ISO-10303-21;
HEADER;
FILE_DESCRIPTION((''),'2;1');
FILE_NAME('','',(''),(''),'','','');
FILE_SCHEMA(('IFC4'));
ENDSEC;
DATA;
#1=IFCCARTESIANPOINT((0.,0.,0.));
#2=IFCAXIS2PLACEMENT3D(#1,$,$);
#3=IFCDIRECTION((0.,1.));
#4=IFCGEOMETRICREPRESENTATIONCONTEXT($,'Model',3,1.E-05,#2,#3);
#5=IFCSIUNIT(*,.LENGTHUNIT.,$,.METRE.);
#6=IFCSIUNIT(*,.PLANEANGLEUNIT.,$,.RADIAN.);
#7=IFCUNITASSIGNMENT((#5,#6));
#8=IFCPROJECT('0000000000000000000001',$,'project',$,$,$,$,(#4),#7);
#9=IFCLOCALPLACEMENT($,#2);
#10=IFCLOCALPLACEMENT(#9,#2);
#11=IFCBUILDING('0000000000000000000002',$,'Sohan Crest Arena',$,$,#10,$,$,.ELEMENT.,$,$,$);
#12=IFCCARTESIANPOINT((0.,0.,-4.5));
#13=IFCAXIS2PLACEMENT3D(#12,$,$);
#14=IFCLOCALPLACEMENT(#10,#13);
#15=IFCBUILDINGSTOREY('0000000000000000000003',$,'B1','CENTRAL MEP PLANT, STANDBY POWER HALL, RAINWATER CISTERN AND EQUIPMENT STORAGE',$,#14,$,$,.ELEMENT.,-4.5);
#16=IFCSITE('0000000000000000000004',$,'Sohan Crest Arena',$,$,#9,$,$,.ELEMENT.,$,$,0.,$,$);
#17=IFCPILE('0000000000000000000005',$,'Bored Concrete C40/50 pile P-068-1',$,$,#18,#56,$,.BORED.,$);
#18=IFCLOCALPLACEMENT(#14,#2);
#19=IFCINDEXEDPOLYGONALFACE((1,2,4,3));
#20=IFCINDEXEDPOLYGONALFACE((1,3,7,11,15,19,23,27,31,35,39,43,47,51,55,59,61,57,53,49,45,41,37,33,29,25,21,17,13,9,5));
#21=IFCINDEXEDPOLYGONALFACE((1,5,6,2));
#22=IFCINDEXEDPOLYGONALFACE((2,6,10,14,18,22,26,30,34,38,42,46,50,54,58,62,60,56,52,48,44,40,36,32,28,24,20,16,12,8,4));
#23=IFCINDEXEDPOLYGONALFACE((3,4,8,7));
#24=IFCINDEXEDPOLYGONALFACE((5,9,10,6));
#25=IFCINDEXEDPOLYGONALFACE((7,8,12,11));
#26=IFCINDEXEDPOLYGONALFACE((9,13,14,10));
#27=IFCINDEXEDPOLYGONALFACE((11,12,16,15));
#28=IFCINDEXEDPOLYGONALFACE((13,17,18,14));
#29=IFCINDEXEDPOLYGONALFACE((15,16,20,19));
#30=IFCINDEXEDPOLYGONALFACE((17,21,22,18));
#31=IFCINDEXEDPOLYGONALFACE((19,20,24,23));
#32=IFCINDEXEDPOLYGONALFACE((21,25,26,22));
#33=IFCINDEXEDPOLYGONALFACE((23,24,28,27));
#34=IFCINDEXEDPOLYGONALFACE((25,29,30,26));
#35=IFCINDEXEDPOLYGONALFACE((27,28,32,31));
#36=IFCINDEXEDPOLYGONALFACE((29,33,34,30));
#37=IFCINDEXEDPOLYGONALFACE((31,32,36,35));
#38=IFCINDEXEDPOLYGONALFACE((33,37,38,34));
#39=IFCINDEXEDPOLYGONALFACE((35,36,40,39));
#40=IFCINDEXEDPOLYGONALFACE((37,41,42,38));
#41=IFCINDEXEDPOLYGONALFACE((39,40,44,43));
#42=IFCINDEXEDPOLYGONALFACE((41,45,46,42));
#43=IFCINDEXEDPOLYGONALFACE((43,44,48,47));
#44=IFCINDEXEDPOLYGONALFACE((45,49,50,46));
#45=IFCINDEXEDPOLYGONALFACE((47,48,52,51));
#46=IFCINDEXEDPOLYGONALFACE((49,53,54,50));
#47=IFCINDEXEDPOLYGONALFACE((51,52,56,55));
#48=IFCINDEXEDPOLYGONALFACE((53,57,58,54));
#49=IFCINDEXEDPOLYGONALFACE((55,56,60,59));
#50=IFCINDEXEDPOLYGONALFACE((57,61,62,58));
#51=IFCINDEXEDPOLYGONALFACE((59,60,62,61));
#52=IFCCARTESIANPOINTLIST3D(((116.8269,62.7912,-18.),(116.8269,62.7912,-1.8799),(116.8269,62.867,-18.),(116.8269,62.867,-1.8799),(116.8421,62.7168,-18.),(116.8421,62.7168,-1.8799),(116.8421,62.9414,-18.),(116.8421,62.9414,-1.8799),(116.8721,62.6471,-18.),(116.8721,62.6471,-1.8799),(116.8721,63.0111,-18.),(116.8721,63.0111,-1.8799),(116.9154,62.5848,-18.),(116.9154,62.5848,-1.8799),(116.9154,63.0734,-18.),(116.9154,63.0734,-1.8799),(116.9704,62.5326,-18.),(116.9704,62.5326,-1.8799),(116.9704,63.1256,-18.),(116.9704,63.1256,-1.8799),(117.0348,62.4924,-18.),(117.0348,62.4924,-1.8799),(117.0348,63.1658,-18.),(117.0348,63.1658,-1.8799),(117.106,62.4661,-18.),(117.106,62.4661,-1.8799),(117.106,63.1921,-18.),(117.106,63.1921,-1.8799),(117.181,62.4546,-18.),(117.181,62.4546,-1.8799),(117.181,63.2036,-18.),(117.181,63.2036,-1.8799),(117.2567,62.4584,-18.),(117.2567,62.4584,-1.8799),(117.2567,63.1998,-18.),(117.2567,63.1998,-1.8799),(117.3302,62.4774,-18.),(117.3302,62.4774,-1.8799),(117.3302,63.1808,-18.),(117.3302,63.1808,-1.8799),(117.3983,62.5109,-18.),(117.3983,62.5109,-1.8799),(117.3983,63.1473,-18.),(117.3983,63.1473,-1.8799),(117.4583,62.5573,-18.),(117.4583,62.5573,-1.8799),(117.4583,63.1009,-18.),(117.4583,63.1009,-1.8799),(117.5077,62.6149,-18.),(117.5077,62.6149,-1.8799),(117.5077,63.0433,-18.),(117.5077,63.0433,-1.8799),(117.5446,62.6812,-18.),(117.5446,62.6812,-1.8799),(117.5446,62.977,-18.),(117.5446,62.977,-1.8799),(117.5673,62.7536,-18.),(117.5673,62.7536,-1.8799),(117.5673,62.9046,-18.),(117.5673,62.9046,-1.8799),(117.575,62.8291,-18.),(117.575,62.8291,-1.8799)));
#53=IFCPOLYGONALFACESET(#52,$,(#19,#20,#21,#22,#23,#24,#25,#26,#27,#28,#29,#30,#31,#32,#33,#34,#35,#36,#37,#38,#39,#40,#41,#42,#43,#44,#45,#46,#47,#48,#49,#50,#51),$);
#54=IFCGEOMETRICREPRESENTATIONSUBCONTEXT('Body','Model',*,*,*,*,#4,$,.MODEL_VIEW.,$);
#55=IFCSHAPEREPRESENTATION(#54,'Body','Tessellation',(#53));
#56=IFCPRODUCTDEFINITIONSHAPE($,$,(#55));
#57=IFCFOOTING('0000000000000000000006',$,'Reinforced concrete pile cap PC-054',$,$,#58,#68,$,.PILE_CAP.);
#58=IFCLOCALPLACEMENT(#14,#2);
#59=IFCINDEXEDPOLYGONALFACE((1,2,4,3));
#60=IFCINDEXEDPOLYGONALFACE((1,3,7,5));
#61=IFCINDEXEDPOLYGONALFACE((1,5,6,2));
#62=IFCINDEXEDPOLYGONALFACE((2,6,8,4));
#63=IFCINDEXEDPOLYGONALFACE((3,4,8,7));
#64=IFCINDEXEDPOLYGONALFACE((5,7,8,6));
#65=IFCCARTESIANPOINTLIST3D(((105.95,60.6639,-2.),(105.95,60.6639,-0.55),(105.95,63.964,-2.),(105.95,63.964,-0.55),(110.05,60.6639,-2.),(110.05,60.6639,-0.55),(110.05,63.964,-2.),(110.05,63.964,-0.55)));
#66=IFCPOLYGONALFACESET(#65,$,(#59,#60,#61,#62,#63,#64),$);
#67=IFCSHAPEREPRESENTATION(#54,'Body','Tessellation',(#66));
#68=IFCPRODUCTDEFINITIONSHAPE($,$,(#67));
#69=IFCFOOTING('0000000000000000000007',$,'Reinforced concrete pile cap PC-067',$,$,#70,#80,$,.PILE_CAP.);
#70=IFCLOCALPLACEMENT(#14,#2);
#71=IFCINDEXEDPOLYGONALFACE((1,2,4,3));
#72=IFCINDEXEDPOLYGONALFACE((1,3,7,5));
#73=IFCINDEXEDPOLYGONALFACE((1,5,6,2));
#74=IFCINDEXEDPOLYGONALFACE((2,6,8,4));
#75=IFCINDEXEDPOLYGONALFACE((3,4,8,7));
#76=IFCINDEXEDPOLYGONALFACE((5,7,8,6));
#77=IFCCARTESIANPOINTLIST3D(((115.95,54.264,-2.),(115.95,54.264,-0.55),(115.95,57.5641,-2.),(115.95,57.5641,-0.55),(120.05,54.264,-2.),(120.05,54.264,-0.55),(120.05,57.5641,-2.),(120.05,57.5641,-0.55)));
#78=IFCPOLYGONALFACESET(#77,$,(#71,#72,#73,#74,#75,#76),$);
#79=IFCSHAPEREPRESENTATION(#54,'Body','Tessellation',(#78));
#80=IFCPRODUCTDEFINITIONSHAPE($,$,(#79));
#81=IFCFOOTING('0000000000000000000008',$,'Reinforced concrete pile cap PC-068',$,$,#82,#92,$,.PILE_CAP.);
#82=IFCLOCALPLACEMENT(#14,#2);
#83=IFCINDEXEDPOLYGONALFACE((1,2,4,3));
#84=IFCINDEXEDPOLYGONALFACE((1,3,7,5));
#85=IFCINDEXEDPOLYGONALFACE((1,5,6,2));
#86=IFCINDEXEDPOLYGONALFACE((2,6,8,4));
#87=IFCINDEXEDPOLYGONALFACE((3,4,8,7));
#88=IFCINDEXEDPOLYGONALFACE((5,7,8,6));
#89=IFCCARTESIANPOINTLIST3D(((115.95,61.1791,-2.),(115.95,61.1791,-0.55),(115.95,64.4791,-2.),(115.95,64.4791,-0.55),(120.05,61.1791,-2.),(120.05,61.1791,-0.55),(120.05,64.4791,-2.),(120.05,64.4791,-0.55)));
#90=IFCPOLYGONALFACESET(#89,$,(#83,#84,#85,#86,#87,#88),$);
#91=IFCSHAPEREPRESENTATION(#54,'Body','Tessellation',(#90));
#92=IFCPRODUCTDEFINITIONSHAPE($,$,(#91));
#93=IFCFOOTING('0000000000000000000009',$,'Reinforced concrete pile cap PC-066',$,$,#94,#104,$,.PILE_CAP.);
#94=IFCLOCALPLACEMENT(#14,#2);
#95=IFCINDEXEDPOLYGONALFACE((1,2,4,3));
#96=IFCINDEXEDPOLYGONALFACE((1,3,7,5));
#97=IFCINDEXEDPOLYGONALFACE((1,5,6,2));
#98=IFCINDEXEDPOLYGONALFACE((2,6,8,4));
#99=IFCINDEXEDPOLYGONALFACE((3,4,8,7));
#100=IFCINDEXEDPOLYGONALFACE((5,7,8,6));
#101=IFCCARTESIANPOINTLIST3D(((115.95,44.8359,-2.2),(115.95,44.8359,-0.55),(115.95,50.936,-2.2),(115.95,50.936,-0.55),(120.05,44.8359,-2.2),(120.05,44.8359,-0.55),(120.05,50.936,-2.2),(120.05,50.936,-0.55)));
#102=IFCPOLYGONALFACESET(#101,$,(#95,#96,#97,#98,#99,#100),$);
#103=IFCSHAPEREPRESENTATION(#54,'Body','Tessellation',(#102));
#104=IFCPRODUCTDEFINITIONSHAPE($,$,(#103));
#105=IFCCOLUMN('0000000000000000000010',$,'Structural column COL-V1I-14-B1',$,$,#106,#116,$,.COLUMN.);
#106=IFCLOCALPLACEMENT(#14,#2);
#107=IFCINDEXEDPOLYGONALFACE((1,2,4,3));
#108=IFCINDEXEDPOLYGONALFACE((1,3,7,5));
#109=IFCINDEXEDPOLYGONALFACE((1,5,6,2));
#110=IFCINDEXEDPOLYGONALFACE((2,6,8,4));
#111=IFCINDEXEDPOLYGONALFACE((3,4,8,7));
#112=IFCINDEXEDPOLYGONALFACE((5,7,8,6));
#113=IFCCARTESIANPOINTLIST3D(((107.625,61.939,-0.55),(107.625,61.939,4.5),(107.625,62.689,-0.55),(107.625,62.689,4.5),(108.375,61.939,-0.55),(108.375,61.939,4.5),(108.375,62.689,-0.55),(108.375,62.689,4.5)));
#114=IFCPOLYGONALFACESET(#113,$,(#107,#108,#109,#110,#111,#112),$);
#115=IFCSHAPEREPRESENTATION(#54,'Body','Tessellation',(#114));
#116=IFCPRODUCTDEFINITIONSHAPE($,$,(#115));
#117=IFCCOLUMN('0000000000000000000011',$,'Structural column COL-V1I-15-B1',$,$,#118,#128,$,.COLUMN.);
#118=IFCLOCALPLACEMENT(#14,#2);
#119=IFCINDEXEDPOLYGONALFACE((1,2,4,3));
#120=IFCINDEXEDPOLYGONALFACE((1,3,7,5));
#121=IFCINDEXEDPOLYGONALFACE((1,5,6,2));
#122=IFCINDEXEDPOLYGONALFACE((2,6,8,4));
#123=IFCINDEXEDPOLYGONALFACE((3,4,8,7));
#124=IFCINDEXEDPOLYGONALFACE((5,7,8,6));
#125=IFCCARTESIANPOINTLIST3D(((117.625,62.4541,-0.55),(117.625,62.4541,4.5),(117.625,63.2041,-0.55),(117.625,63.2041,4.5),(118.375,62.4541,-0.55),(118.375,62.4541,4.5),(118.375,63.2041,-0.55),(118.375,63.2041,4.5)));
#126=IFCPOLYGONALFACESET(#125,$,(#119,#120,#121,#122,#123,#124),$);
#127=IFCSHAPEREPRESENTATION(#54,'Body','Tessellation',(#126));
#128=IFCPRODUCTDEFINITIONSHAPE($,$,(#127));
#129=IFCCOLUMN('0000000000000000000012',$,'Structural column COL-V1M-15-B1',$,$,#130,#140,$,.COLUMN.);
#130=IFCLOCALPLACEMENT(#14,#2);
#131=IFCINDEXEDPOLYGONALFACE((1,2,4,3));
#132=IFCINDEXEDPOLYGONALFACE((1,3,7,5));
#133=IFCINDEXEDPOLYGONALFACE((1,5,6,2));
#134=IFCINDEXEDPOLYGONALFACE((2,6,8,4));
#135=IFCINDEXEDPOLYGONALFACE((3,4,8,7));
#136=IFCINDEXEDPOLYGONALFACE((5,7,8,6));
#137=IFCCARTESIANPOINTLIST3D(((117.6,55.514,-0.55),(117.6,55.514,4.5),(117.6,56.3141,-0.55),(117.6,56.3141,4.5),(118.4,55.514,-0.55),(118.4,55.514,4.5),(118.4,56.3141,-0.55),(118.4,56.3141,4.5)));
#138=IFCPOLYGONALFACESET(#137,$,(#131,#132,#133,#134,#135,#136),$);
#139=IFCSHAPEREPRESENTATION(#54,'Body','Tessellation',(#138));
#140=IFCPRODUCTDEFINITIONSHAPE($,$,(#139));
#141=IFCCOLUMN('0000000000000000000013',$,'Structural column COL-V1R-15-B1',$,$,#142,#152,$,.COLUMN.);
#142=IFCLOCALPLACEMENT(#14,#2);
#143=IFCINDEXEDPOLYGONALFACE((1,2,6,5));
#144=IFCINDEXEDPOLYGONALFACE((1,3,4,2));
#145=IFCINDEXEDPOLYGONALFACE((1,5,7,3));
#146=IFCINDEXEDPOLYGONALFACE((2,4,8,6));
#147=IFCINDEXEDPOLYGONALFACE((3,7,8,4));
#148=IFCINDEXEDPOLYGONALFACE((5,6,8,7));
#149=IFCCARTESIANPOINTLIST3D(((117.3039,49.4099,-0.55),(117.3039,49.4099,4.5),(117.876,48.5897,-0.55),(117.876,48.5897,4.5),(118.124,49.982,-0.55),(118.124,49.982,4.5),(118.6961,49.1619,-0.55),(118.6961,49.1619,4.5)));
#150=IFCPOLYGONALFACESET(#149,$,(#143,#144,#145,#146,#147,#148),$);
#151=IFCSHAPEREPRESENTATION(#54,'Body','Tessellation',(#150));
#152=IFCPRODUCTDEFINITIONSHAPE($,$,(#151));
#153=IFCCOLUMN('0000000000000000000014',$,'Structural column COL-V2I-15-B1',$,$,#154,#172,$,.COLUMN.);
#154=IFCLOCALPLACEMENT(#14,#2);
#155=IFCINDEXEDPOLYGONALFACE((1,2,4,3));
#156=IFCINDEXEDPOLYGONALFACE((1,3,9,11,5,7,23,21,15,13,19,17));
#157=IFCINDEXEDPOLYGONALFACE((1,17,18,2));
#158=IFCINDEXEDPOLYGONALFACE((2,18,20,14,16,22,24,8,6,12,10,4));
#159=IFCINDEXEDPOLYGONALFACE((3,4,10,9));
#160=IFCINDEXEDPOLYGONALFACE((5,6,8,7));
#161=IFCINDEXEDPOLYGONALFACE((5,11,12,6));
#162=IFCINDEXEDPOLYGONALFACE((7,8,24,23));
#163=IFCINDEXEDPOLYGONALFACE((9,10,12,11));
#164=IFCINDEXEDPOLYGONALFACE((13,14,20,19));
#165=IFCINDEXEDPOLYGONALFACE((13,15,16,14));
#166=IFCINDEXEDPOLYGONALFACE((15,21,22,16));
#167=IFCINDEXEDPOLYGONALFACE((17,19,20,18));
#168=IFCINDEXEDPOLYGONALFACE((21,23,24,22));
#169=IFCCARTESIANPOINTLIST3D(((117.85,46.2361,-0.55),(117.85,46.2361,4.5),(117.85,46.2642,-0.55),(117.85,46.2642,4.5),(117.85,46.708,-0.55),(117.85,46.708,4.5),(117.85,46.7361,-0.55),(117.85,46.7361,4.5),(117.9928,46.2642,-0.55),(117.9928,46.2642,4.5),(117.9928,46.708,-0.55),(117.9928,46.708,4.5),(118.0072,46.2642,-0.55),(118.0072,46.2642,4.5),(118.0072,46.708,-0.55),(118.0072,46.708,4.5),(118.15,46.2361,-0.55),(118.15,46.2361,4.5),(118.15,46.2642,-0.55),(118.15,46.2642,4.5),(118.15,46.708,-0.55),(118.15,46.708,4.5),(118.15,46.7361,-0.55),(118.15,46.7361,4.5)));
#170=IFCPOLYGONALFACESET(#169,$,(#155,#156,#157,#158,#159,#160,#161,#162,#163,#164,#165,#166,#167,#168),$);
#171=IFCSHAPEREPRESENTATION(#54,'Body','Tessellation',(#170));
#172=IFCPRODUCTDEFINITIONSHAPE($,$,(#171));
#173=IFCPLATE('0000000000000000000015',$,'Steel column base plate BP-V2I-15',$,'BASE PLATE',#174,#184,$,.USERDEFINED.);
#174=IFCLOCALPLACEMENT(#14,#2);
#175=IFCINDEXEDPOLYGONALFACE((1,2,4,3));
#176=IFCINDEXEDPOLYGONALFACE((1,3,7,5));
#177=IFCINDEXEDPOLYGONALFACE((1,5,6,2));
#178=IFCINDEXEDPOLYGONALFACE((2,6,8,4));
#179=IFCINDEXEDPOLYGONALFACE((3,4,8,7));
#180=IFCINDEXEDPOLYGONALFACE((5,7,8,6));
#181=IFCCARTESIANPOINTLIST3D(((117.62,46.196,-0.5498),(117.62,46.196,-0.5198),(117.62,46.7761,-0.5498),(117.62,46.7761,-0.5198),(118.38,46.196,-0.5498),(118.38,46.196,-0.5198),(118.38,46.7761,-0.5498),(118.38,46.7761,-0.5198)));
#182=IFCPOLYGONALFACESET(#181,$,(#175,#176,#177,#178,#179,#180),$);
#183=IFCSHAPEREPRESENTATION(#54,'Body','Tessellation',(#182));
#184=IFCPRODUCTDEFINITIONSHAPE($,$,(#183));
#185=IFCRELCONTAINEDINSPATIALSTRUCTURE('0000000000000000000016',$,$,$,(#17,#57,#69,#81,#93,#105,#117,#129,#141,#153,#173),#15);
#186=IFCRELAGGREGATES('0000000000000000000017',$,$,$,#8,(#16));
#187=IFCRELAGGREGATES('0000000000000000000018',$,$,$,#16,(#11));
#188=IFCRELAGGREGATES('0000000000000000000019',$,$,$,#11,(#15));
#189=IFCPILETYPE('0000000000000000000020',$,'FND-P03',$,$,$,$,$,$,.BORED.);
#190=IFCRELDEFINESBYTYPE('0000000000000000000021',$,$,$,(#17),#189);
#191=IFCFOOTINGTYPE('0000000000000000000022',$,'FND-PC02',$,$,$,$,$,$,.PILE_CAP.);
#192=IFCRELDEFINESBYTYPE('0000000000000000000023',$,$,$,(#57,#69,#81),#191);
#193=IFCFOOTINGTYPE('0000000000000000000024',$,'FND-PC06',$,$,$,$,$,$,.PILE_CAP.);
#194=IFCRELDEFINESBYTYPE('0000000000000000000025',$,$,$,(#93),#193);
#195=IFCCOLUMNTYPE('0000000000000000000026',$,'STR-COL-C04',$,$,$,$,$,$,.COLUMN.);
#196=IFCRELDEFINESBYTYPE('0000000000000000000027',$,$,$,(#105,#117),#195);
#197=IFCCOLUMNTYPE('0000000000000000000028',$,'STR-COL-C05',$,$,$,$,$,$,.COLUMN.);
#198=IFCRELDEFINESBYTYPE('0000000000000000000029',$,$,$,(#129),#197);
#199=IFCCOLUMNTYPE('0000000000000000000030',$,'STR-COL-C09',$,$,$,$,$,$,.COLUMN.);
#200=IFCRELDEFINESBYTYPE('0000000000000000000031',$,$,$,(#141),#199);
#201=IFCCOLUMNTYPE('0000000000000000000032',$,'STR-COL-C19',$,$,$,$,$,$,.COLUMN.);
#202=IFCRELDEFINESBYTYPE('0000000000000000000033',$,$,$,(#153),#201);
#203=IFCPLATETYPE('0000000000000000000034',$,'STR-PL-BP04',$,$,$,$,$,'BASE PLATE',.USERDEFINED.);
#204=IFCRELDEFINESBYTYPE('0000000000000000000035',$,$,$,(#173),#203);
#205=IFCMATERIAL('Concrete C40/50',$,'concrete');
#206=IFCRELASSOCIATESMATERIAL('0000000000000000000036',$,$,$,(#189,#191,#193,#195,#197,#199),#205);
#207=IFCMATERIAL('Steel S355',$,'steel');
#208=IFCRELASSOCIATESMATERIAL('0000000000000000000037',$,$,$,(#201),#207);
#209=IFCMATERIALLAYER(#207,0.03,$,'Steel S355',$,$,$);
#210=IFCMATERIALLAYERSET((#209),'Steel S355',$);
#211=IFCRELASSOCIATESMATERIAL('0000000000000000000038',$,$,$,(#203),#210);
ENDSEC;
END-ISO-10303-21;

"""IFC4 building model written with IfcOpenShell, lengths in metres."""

from ifc_helpers import new_model, si_unit, direction, frame, origin, origin_2d, place, context, subcontext, project, spatial, rectangle, circle, i_section, extrude, material, layer, layer_set, material_profile, profile_set, type_object, element, save


model = new_model("IFC4")

# Units and contexts
model_context = context("Model", 3, precision=1e-05, world=origin(), true_north=direction((0.0, 1.0)))
body_context = subcontext(model_context, "Body", "Model", "MODEL_VIEW")
ifc_project = project(units=[si_unit("LENGTHUNIT", "METRE"), si_unit("PLANEANGLEUNIT", "RADIAN")], contexts=[model_context])

# Site, building, storey
site_placement = place(None, origin())
site = spatial("IfcSite", under=ifc_project, at=site_placement, Name="Sohan Crest Arena", CompositionType="ELEMENT", RefElevation=0.0)
building_placement = place(site_placement, origin())
building = spatial("IfcBuilding", under=site, at=building_placement, Name="Sohan Crest Arena", CompositionType="ELEMENT")
storey_placement = place(building_placement, frame((0.0, 0.0, -4.5)))
storey = spatial("IfcBuildingStorey", under=building, at=storey_placement, Name="B1", Description="CENTRAL MEP PLANT, STANDBY POWER HALL, RAINWATER CISTERN AND EQUIPMENT STORAGE", CompositionType="ELEMENT", Elevation=-4.5)

# Shared definitions
ifc_material_1 = material(Name="Concrete C40/50", Category="concrete")

# Pile
ifc_material_profile_1 = material_profile(ifc_material_1, circle(Radius=0.375, at=origin_2d()), Name="PILE D750")
ifc_profile_set_1 = profile_set([ifc_material_profile_1], Name="Concrete C40/50")
pile_type_1 = type_object("IfcPileType", Name="FND-P03", PredefinedType="BORED", material=ifc_profile_set_1)
for number, where, z_axis, x_axis, name in (
    (1, (117.2, 62.8291, -18.0), (0.0, 0.0, 1.0), (1.0, 0.0, 0.0), "Bored Concrete C40/50 pile P-068-1"),
):
    element("IfcPile", number, at=place(storey_placement, frame(where, z_axis=z_axis, x_axis=x_axis)), inside=storey, type_object=pile_type_1, Name=name, PredefinedType="BORED", context=body_context, shape_type="SweptSolid", body=[
        extrude(circle(Radius=0.375, at=origin_2d()), origin(), (0.0, 0.0, 1.0), 16.1201),
    ])

# Footings
footing_type_1 = type_object("IfcFootingType", Name="FND-PC02", PredefinedType="PILE_CAP", material=ifc_material_1)
for number, where, z_axis, x_axis, name in (
    (2, (108.0, 62.314, -2.0), (0.0, 0.0, 1.0), (1.0, 0.0, 0.0), "Reinforced concrete pile cap PC-054"),
    (3, (118.0, 55.9141, -2.0), (0.0, 0.0, 1.0), (1.0, 0.0, 0.0), "Reinforced concrete pile cap PC-067"),
    (4, (118.0, 62.8291, -2.0), (0.0, 0.0, 1.0), (1.0, 0.0, 0.0), "Reinforced concrete pile cap PC-068"),
):
    element("IfcFooting", number, at=place(storey_placement, frame(where, z_axis=z_axis, x_axis=x_axis)), inside=storey, type_object=footing_type_1, Name=name, PredefinedType="PILE_CAP", context=body_context, shape_type="SweptSolid", body=[
        extrude(rectangle(XDim=4.1001, YDim=3.3, at=origin_2d()), origin(), (0.0, 0.0, 1.0), 1.45),
    ])
footing_type_2 = type_object("IfcFootingType", Name="FND-PC06", PredefinedType="PILE_CAP", material=ifc_material_1)
footing_1_placement = place(storey_placement, frame((118.0, 47.886, -2.2), z_axis=(0.0, 0.0, 1.0), x_axis=(0.0, 1.0, 0.0)))
element("IfcFooting", 5, at=footing_1_placement, inside=storey, type_object=footing_type_2, Name="Reinforced concrete pile cap PC-066", PredefinedType="PILE_CAP", context=body_context, shape_type="SweptSolid", body=[
    extrude(rectangle(XDim=6.1001, YDim=4.1001, at=origin_2d()), origin(), (0.0, 0.0, 1.0), 1.6499),
])

# Columns
ifc_material_profile_2 = material_profile(ifc_material_1, rectangle(XDim=0.75, YDim=0.75, at=origin_2d()), Name="RC 750x750")
ifc_profile_set_2 = profile_set([ifc_material_profile_2], Name="Concrete C40/50")
column_type_1 = type_object("IfcColumnType", Name="STR-COL-C04", PredefinedType="COLUMN", material=ifc_profile_set_2)
for number, where, z_axis, x_axis, name in (
    (6, (108.0, 62.314, -0.55), (0.0, 0.0, 1.0), (1.0, 0.0, 0.0), "Structural column COL-V1I-14-B1"),
    (7, (118.0, 62.8291, -0.55), (0.0, 0.0, 1.0), (1.0, 0.0, 0.0), "Structural column COL-V1I-15-B1"),
):
    element("IfcColumn", number, at=place(storey_placement, frame(where, z_axis=z_axis, x_axis=x_axis)), inside=storey, type_object=column_type_1, Name=name, PredefinedType="COLUMN", context=body_context, shape_type="SweptSolid", body=[
        extrude(rectangle(XDim=0.75, YDim=0.75, at=origin_2d()), origin(), (0.0, 0.0, 1.0), 5.05),
    ])
ifc_material_profile_3 = material_profile(ifc_material_1, rectangle(XDim=0.8, YDim=0.8, at=origin_2d()), Name="RC 800x800")
ifc_profile_set_3 = profile_set([ifc_material_profile_3], Name="Concrete C40/50")
column_type_2 = type_object("IfcColumnType", Name="STR-COL-C05", PredefinedType="COLUMN", material=ifc_profile_set_3)
column_1_placement = place(storey_placement, frame((118.0, 55.9141, -0.55), z_axis=(0.0, 0.0, 1.0), x_axis=(1.0, 0.0, 0.0)))
element("IfcColumn", 8, at=column_1_placement, inside=storey, type_object=column_type_2, Name="Structural column COL-V1M-15-B1", PredefinedType="COLUMN", context=body_context, shape_type="SweptSolid", body=[
    extrude(rectangle(XDim=0.8, YDim=0.8, at=origin_2d()), origin(), (0.0, 0.0, 1.0), 5.05),
])
ifc_material_profile_4 = material_profile(ifc_material_1, rectangle(XDim=1.0, YDim=1.0, at=origin_2d()), Name="RC 1000x1000")
ifc_profile_set_4 = profile_set([ifc_material_profile_4], Name="Concrete C40/50")
column_type_3 = type_object("IfcColumnType", Name="STR-COL-C09", PredefinedType="COLUMN", material=ifc_profile_set_4)
column_2_placement = place(storey_placement, frame((118.0, 49.2859, -0.55), z_axis=(0.0, 0.0, 1.0), x_axis=(-0.572146, 0.820152, 0.0)))
element("IfcColumn", 9, at=column_2_placement, inside=storey, type_object=column_type_3, Name="Structural column COL-V1R-15-B1", PredefinedType="COLUMN", context=body_context, shape_type="SweptSolid", body=[
    extrude(rectangle(XDim=1.0, YDim=1.0, at=origin_2d()), origin(), (0.0, 0.0, 1.0), 5.05),
])
ifc_material_2 = material(Name="Steel S355", Category="steel")
ifc_material_profile_5 = material_profile(ifc_material_2, i_section(OverallWidth=0.3, OverallDepth=0.5, WebThickness=0.0144, FlangeThickness=0.0281, at=origin_2d()), Name="HEB 500")
ifc_profile_set_5 = profile_set([ifc_material_profile_5], Name="Steel S355")
column_type_4 = type_object("IfcColumnType", Name="STR-COL-C19", PredefinedType="COLUMN", material=ifc_profile_set_5)
column_3_placement = place(storey_placement, frame((118.0, 46.4861, -0.55), z_axis=(0.0, 0.0, 1.0), x_axis=(1.0, 0.0, 0.0)))
element("IfcColumn", 10, at=column_3_placement, inside=storey, type_object=column_type_4, Name="Structural column COL-V2I-15-B1", PredefinedType="COLUMN", context=body_context, shape_type="SweptSolid", body=[
    extrude(i_section(OverallWidth=0.3, OverallDepth=0.5, WebThickness=0.0144, FlangeThickness=0.0281, at=origin_2d()), origin(), (0.0, 0.0, 1.0), 5.05),
])

# Plate
ifc_layer_1 = layer(ifc_material_2, 0.03, Name="Steel S355")
ifc_layer_set_1 = layer_set([ifc_layer_1], Name="Steel S355")
plate_type = type_object("IfcPlateType", Name="STR-PL-BP04", ElementType="BASE PLATE", PredefinedType="USERDEFINED", material=ifc_layer_set_1)
plate_placement = place(storey_placement, frame((118.0, 46.4861, -0.5498), z_axis=(0.0, 0.0, 1.0), x_axis=(1.0, 0.0, 0.0)))
element("IfcPlate", 11, at=plate_placement, inside=storey, type_object=plate_type, Name="Steel column base plate BP-V2I-15", ObjectType="BASE PLATE", PredefinedType="USERDEFINED", context=body_context, shape_type="SweptSolid", body=[
    extrude(rectangle(XDim=0.76, YDim=0.5801, at=origin_2d()), origin(), (0.0, 0.0, 1.0), 0.03),
])

save(model, "model.ifc")
